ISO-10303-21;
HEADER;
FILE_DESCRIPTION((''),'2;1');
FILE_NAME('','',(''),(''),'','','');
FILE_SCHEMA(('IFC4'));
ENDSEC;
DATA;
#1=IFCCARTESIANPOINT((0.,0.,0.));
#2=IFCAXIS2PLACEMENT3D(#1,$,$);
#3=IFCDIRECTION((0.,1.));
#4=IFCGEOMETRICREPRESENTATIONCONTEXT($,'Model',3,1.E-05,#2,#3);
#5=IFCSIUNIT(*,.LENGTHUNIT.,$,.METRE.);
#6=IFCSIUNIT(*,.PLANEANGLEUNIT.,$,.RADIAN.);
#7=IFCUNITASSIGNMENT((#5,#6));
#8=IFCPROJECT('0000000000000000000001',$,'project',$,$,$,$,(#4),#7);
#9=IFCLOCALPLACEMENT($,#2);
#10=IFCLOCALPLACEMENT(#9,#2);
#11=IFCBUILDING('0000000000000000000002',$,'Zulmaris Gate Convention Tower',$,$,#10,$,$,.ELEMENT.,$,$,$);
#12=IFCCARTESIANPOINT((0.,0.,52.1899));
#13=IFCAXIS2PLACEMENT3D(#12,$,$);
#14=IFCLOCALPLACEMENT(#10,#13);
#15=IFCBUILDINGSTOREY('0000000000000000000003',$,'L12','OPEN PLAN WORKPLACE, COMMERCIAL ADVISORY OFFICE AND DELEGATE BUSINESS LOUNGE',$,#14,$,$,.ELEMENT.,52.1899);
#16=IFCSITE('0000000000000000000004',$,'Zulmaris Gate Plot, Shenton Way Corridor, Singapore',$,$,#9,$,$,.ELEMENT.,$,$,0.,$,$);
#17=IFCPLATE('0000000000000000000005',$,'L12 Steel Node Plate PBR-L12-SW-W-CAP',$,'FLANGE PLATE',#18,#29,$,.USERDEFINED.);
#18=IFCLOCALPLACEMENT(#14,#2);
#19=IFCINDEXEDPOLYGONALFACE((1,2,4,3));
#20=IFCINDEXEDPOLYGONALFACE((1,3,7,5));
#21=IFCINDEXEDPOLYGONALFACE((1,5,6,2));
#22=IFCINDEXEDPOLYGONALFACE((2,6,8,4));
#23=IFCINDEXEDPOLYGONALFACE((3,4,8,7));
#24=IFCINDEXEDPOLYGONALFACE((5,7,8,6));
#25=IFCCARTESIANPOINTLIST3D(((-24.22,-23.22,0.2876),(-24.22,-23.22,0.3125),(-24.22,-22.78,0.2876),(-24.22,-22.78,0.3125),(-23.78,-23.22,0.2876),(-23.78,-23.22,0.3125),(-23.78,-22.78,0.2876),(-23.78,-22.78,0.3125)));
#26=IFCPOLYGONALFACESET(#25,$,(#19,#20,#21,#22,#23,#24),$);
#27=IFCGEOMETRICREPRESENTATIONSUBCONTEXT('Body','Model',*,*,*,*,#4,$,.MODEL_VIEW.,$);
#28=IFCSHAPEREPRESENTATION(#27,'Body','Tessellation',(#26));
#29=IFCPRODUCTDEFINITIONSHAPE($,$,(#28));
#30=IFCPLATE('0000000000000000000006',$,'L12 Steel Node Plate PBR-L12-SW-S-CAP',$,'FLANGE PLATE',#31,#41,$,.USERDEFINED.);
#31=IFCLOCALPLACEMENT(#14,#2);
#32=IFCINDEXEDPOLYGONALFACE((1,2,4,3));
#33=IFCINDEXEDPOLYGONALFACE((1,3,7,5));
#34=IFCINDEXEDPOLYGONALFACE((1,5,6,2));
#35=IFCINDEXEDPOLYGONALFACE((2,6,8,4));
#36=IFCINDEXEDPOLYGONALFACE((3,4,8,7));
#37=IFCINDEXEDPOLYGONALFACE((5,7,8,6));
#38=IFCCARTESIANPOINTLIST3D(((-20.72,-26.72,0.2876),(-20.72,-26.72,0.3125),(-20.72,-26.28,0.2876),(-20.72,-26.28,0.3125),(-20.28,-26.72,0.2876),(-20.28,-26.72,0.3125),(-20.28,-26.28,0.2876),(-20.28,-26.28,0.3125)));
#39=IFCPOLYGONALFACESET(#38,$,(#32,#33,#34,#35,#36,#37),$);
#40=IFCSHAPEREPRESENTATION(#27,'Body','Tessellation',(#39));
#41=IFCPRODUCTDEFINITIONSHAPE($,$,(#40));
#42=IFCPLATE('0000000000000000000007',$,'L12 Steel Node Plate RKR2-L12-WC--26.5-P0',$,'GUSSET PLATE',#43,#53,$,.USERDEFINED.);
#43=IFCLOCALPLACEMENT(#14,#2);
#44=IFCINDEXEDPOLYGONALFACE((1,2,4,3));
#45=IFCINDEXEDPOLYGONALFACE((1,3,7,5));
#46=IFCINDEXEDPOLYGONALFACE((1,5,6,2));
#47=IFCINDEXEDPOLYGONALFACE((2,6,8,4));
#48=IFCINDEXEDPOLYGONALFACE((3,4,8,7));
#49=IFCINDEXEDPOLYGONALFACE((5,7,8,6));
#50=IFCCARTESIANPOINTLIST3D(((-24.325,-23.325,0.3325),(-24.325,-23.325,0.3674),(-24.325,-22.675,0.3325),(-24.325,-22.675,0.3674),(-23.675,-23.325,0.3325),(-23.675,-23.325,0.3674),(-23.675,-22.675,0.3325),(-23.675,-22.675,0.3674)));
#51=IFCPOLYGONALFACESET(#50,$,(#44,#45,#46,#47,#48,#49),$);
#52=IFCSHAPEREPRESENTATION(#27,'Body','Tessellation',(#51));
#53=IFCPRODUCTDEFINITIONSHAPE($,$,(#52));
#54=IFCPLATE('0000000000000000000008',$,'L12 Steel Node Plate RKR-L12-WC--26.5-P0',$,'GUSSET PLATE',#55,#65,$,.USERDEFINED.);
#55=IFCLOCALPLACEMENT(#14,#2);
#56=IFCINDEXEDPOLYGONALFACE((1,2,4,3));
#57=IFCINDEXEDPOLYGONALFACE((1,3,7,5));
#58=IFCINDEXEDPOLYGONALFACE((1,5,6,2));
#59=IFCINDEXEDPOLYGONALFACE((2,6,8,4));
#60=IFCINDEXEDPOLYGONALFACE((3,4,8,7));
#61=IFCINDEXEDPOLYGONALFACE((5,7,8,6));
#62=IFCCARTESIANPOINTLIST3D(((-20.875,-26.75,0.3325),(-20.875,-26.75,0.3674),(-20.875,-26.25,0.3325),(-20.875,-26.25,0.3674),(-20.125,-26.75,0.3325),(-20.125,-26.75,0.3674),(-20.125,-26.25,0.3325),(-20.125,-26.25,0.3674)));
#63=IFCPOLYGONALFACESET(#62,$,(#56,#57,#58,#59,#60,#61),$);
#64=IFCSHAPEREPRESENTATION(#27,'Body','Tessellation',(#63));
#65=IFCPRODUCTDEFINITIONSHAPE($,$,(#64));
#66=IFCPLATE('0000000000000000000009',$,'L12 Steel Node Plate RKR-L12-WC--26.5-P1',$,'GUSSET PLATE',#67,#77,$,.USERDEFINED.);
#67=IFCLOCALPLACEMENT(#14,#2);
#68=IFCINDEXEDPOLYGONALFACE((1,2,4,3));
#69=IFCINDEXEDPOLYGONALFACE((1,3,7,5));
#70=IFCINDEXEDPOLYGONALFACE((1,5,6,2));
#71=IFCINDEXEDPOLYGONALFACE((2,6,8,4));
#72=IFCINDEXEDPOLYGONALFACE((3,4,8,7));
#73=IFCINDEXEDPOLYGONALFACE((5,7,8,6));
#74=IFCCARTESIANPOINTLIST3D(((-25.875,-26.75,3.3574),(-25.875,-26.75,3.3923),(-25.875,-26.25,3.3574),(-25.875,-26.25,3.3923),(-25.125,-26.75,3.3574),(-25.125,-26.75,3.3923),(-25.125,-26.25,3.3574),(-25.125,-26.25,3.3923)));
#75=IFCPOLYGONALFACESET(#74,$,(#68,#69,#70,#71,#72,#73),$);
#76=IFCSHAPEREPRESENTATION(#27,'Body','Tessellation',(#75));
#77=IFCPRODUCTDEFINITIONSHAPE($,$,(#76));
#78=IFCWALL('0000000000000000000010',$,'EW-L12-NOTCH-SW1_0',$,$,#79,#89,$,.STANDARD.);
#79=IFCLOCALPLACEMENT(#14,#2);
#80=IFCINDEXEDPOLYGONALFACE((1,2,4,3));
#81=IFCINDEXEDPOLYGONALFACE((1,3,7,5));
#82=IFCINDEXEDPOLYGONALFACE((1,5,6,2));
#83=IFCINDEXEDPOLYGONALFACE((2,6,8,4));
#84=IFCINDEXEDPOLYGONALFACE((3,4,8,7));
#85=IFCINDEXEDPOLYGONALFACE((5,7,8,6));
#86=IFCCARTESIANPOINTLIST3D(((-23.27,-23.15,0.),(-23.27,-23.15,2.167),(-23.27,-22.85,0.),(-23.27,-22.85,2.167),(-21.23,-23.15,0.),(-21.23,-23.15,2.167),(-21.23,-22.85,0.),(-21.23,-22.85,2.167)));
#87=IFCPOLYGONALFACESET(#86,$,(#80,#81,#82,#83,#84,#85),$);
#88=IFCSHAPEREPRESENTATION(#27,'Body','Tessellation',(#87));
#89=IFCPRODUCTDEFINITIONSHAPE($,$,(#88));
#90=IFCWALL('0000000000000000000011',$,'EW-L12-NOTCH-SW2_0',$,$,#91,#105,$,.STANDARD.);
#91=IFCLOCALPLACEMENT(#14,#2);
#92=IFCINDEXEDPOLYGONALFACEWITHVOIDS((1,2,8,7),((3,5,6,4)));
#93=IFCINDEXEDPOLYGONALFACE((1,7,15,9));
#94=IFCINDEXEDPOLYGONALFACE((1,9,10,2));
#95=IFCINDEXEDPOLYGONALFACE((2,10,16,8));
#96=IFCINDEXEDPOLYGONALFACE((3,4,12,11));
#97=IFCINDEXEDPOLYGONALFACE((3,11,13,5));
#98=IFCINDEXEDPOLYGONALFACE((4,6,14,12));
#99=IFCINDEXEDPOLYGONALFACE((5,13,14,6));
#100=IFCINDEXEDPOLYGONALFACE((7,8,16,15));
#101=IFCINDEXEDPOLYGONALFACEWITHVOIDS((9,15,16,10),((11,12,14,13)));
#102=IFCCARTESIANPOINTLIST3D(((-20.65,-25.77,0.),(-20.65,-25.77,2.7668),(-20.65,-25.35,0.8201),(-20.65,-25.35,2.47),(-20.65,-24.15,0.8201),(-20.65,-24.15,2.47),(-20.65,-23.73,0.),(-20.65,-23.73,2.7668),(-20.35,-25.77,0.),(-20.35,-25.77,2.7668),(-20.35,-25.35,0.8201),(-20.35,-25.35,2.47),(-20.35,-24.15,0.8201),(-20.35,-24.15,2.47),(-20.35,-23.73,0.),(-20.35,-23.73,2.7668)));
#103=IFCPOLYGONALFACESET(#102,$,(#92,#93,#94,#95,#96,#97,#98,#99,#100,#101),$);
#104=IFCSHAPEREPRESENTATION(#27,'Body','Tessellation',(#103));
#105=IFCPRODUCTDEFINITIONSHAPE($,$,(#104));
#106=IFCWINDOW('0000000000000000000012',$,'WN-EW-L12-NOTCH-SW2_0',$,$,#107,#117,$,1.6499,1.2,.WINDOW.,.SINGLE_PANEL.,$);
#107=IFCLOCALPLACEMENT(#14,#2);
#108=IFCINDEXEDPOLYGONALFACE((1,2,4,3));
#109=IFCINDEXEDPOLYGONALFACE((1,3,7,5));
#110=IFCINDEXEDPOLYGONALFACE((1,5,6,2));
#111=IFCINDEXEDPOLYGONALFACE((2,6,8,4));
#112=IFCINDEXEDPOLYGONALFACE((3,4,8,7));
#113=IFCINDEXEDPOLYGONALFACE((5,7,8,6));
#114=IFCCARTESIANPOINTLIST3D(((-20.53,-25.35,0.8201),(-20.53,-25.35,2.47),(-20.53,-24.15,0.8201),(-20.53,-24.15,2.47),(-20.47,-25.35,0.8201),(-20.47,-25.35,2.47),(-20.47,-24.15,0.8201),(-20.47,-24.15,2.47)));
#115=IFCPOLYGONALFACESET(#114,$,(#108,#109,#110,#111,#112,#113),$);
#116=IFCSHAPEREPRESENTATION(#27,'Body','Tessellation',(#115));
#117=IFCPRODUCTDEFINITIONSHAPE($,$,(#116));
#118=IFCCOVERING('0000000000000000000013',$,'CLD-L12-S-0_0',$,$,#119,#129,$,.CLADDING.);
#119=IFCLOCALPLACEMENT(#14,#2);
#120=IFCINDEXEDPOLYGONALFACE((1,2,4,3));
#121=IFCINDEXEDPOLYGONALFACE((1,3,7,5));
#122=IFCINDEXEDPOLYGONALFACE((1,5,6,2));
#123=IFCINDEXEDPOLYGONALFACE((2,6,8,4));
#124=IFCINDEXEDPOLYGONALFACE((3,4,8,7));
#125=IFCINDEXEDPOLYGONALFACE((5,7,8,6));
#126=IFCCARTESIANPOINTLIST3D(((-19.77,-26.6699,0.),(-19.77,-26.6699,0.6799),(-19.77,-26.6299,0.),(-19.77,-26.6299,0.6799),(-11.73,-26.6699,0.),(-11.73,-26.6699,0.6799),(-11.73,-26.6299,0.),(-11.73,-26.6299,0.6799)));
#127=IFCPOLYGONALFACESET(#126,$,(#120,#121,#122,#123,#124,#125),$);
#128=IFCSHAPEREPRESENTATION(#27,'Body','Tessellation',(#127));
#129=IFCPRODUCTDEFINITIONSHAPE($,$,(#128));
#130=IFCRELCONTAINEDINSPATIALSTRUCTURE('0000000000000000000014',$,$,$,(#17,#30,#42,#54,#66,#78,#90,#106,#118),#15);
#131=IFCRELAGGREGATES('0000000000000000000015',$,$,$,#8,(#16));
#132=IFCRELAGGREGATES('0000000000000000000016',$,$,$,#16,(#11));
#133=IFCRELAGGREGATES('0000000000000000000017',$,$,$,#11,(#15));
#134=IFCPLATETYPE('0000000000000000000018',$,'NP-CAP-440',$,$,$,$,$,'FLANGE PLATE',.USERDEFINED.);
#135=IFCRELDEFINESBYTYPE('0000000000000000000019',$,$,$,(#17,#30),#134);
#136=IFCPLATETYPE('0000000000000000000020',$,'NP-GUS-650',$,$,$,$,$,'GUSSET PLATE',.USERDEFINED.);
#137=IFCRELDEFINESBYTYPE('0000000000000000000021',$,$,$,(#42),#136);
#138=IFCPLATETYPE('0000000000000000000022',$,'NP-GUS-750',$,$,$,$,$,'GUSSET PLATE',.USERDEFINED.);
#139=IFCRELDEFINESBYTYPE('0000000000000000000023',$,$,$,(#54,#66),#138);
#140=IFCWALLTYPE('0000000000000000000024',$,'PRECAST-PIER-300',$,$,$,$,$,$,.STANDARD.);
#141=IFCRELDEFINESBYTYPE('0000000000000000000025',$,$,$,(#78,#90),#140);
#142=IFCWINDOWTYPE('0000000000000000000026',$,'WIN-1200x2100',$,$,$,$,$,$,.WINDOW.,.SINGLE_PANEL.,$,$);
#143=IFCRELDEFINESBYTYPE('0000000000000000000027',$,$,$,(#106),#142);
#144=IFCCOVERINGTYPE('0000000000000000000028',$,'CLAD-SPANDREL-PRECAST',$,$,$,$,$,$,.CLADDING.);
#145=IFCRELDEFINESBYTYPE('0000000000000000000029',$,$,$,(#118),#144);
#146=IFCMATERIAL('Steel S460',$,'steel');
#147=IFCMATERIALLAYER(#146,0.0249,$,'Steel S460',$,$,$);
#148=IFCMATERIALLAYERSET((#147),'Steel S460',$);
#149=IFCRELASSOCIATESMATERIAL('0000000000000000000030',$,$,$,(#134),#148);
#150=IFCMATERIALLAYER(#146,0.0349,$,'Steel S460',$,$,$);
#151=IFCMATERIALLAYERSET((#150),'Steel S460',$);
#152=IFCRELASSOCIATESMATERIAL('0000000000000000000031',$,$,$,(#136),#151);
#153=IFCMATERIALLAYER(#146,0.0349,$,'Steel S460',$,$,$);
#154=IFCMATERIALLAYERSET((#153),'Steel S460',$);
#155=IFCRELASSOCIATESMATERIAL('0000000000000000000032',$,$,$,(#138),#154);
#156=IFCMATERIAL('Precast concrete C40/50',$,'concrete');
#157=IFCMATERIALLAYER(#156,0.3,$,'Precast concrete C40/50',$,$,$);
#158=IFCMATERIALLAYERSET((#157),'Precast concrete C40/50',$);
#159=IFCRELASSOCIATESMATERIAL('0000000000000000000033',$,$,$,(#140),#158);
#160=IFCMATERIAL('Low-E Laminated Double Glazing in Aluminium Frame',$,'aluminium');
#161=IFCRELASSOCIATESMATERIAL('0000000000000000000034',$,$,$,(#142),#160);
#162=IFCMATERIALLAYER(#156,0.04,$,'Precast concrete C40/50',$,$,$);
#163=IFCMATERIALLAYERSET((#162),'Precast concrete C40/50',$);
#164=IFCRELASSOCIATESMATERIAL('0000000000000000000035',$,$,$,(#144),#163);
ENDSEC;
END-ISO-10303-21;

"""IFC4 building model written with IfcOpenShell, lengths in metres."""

from ifc_helpers import new_model, si_unit, direction, frame, frame_2d, origin, origin_2d, place, context, subcontext, project, spatial, rectangle, extrude, material, layer, layer_set, type_object, element, fill, save


model = new_model("IFC4")

# Units and contexts
model_context = context("Model", 3, precision=1e-05, world=origin(), true_north=direction((0.0, 1.0)))
body_context = subcontext(model_context, "Body", "Model", "MODEL_VIEW")
ifc_project = project(units=[si_unit("LENGTHUNIT", "METRE"), si_unit("PLANEANGLEUNIT", "RADIAN")], contexts=[model_context])

# Site, building, storey
site_placement = place(None, origin())
site = spatial("IfcSite", under=ifc_project, at=site_placement, Name="Zulmaris Gate Plot, Shenton Way Corridor, Singapore", CompositionType="ELEMENT", RefElevation=0.0)
building_placement = place(site_placement, origin())
building = spatial("IfcBuilding", under=site, at=building_placement, Name="Zulmaris Gate Convention Tower", CompositionType="ELEMENT")
storey_placement = place(building_placement, frame((0.0, 0.0, 52.1899)))
storey = spatial("IfcBuildingStorey", under=building, at=storey_placement, Name="L12", Description="OPEN PLAN WORKPLACE, COMMERCIAL ADVISORY OFFICE AND DELEGATE BUSINESS LOUNGE", CompositionType="ELEMENT", Elevation=52.1899)

# Shared definitions
ifc_material_1 = material(Name="Steel S460", Category="steel")

# Plates
ifc_layer_1 = layer(ifc_material_1, 0.0249, Name="Steel S460")
ifc_layer_set_1 = layer_set([ifc_layer_1], Name="Steel S460")
plate_type_1 = type_object("IfcPlateType", Name="NP-CAP-440", ElementType="FLANGE PLATE", PredefinedType="USERDEFINED", material=ifc_layer_set_1)
for number, where, z_axis, x_axis, name in (
    (1, (-24.0, -23.0, 0.2876), (0.0, 0.0, 1.0), (1.0, 0.0, 0.0), "L12 Steel Node Plate PBR-L12-SW-W-CAP"),
    (2, (-20.5, -26.5, 0.2876), (0.0, 0.0, 1.0), (1.0, 0.0, 0.0), "L12 Steel Node Plate PBR-L12-SW-S-CAP"),
):
    element("IfcPlate", number, at=place(storey_placement, frame(where, z_axis=z_axis, x_axis=x_axis)), inside=storey, type_object=plate_type_1, Name=name, ObjectType="FLANGE PLATE", PredefinedType="USERDEFINED", context=body_context, shape_type="SweptSolid", body=[
        extrude(rectangle(XDim=0.4399, YDim=0.4399, at=origin_2d()), origin(), (0.0, 0.0, 1.0), 0.0249),
    ])
ifc_layer_2 = layer(ifc_material_1, 0.0349, Name="Steel S460")
ifc_layer_set_2 = layer_set([ifc_layer_2], Name="Steel S460")
plate_type_2 = type_object("IfcPlateType", Name="NP-GUS-650", ElementType="GUSSET PLATE", PredefinedType="USERDEFINED", material=ifc_layer_set_2)
plate_placement = place(storey_placement, frame((-24.0, -23.0, 0.3325), z_axis=(0.0, 0.0, 1.0), x_axis=(1.0, 0.0, 0.0)))
element("IfcPlate", 3, at=plate_placement, inside=storey, type_object=plate_type_2, Name="L12 Steel Node Plate RKR2-L12-WC--26.5-P0", ObjectType="GUSSET PLATE", PredefinedType="USERDEFINED", context=body_context, shape_type="SweptSolid", body=[
    extrude(rectangle(XDim=0.6499, YDim=0.6499, at=origin_2d()), origin(), (0.0, 0.0, 1.0), 0.0349),
])
ifc_layer_3 = layer(ifc_material_1, 0.0349, Name="Steel S460")
ifc_layer_set_3 = layer_set([ifc_layer_3], Name="Steel S460")
plate_type_3 = type_object("IfcPlateType", Name="NP-GUS-750", ElementType="GUSSET PLATE", PredefinedType="USERDEFINED", material=ifc_layer_set_3)
for number, where, z_axis, x_axis, name in (
    (4, (-20.5, -26.5, 0.3325), (0.0, 0.0, 1.0), (1.0, 0.0, 0.0), "L12 Steel Node Plate RKR-L12-WC--26.5-P0"),
    (5, (-25.5, -26.5, 3.3574), (0.0, 0.0, 1.0), (1.0, 0.0, 0.0), "L12 Steel Node Plate RKR-L12-WC--26.5-P1"),
):
    element("IfcPlate", number, at=place(storey_placement, frame(where, z_axis=z_axis, x_axis=x_axis)), inside=storey, type_object=plate_type_3, Name=name, ObjectType="GUSSET PLATE", PredefinedType="USERDEFINED", context=body_context, shape_type="SweptSolid", body=[
        extrude(rectangle(XDim=0.75, YDim=0.5, at=origin_2d()), origin(), (0.0, 0.0, 1.0), 0.0349),
    ])

# Wall
ifc_material_2 = material(Name="Precast concrete C40/50", Category="concrete")
ifc_layer_4 = layer(ifc_material_2, 0.3, Name="Precast concrete C40/50")
ifc_layer_set_4 = layer_set([ifc_layer_4], Name="Precast concrete C40/50")
wall_type = type_object("IfcWallType", Name="PRECAST-PIER-300", PredefinedType="STANDARD", material=ifc_layer_set_4)
wall_1_placement = place(storey_placement, frame((-23.27, -23.0, 0.0), z_axis=(0.0, 0.0, 1.0), x_axis=(1.0, 0.0, 0.0)))
element("IfcWall", 6, at=wall_1_placement, inside=storey, type_object=wall_type, Name="EW-L12-NOTCH-SW1_0", PredefinedType="STANDARD", context=body_context, shape_type="SweptSolid", body=[
    extrude(rectangle(XDim=2.04, YDim=0.3, at=frame_2d((1.02, 0.0))), origin(), (0.0, 0.0, 1.0), 2.167),
])

# Wall, opening, window
wall_2_placement = place(storey_placement, frame((-20.5, -23.73, 0.0), z_axis=(0.0, 0.0, 1.0), x_axis=(0.0, -1.0, 0.0)))
wall_2 = element("IfcWall", 7, at=wall_2_placement, inside=storey, type_object=wall_type, Name="EW-L12-NOTCH-SW2_0", PredefinedType="STANDARD", context=body_context, shape_type="SweptSolid", body=[
    extrude(rectangle(XDim=2.04, YDim=0.3, at=frame_2d((1.02, 0.0))), origin(), (0.0, 0.0, 1.0), 2.7668),
])
opening_placement = place(wall_2_placement, frame((0.4199, 0.0, 0.8201)))
opening = element("IfcOpeningElement", 8, at=opening_placement, cuts=wall_2, PredefinedType="OPENING", context=body_context, shape_type="SweptSolid", body=[
    extrude(rectangle(XDim=1.2, YDim=1.6499, at=frame_2d((0.6001, 0.825))), frame((0.0, 0.1602, 0.0), z_axis=(0.0, -1.0, 0.0), x_axis=(1.0, 0.0, 0.0)), (0.0, 0.0, 1.0), 0.3201),
])
ifc_material_3 = material(Name="Low-E Laminated Double Glazing in Aluminium Frame", Category="aluminium")
window_type = type_object("IfcWindowType", Name="WIN-1200x2100", PartitioningType="SINGLE_PANEL", PredefinedType="WINDOW", material=ifc_material_3)
window_placement = place(opening_placement, origin())
window = element("IfcWindow", 9, at=window_placement, inside=storey, type_object=window_type, Name="WN-EW-L12-NOTCH-SW2_0", OverallHeight=1.6499, OverallWidth=1.2, PartitioningType="SINGLE_PANEL", PredefinedType="WINDOW", context=body_context, shape_type="SweptSolid", body=[
    extrude(rectangle(XDim=1.2, YDim=1.6499, at=frame_2d((0.6001, 0.825))), frame((0.0, 0.03, 0.0), z_axis=(0.0, -1.0, 0.0), x_axis=(1.0, 0.0, 0.0)), (0.0, 0.0, 1.0), 0.0601),
])
fill(opening, window)

# Covering
ifc_layer_5 = layer(ifc_material_2, 0.04, Name="Precast concrete C40/50")
ifc_layer_set_5 = layer_set([ifc_layer_5], Name="Precast concrete C40/50")
covering_type = type_object("IfcCoveringType", Name="CLAD-SPANDREL-PRECAST", PredefinedType="CLADDING", material=ifc_layer_set_5)
covering_placement = place(storey_placement, frame((-19.77, -26.6499, 0.0), z_axis=(0.0, 0.0, 1.0), x_axis=(1.0, 0.0, 0.0)))
element("IfcCovering", 10, at=covering_placement, inside=storey, type_object=covering_type, Name="CLD-L12-S-0_0", PredefinedType="CLADDING", context=body_context, shape_type="SweptSolid", body=[
    extrude(rectangle(XDim=8.04, YDim=0.04, at=frame_2d((4.02, 0.0))), origin(), (0.0, 0.0, 1.0), 0.6799),
])

save(model, "model.ifc")
